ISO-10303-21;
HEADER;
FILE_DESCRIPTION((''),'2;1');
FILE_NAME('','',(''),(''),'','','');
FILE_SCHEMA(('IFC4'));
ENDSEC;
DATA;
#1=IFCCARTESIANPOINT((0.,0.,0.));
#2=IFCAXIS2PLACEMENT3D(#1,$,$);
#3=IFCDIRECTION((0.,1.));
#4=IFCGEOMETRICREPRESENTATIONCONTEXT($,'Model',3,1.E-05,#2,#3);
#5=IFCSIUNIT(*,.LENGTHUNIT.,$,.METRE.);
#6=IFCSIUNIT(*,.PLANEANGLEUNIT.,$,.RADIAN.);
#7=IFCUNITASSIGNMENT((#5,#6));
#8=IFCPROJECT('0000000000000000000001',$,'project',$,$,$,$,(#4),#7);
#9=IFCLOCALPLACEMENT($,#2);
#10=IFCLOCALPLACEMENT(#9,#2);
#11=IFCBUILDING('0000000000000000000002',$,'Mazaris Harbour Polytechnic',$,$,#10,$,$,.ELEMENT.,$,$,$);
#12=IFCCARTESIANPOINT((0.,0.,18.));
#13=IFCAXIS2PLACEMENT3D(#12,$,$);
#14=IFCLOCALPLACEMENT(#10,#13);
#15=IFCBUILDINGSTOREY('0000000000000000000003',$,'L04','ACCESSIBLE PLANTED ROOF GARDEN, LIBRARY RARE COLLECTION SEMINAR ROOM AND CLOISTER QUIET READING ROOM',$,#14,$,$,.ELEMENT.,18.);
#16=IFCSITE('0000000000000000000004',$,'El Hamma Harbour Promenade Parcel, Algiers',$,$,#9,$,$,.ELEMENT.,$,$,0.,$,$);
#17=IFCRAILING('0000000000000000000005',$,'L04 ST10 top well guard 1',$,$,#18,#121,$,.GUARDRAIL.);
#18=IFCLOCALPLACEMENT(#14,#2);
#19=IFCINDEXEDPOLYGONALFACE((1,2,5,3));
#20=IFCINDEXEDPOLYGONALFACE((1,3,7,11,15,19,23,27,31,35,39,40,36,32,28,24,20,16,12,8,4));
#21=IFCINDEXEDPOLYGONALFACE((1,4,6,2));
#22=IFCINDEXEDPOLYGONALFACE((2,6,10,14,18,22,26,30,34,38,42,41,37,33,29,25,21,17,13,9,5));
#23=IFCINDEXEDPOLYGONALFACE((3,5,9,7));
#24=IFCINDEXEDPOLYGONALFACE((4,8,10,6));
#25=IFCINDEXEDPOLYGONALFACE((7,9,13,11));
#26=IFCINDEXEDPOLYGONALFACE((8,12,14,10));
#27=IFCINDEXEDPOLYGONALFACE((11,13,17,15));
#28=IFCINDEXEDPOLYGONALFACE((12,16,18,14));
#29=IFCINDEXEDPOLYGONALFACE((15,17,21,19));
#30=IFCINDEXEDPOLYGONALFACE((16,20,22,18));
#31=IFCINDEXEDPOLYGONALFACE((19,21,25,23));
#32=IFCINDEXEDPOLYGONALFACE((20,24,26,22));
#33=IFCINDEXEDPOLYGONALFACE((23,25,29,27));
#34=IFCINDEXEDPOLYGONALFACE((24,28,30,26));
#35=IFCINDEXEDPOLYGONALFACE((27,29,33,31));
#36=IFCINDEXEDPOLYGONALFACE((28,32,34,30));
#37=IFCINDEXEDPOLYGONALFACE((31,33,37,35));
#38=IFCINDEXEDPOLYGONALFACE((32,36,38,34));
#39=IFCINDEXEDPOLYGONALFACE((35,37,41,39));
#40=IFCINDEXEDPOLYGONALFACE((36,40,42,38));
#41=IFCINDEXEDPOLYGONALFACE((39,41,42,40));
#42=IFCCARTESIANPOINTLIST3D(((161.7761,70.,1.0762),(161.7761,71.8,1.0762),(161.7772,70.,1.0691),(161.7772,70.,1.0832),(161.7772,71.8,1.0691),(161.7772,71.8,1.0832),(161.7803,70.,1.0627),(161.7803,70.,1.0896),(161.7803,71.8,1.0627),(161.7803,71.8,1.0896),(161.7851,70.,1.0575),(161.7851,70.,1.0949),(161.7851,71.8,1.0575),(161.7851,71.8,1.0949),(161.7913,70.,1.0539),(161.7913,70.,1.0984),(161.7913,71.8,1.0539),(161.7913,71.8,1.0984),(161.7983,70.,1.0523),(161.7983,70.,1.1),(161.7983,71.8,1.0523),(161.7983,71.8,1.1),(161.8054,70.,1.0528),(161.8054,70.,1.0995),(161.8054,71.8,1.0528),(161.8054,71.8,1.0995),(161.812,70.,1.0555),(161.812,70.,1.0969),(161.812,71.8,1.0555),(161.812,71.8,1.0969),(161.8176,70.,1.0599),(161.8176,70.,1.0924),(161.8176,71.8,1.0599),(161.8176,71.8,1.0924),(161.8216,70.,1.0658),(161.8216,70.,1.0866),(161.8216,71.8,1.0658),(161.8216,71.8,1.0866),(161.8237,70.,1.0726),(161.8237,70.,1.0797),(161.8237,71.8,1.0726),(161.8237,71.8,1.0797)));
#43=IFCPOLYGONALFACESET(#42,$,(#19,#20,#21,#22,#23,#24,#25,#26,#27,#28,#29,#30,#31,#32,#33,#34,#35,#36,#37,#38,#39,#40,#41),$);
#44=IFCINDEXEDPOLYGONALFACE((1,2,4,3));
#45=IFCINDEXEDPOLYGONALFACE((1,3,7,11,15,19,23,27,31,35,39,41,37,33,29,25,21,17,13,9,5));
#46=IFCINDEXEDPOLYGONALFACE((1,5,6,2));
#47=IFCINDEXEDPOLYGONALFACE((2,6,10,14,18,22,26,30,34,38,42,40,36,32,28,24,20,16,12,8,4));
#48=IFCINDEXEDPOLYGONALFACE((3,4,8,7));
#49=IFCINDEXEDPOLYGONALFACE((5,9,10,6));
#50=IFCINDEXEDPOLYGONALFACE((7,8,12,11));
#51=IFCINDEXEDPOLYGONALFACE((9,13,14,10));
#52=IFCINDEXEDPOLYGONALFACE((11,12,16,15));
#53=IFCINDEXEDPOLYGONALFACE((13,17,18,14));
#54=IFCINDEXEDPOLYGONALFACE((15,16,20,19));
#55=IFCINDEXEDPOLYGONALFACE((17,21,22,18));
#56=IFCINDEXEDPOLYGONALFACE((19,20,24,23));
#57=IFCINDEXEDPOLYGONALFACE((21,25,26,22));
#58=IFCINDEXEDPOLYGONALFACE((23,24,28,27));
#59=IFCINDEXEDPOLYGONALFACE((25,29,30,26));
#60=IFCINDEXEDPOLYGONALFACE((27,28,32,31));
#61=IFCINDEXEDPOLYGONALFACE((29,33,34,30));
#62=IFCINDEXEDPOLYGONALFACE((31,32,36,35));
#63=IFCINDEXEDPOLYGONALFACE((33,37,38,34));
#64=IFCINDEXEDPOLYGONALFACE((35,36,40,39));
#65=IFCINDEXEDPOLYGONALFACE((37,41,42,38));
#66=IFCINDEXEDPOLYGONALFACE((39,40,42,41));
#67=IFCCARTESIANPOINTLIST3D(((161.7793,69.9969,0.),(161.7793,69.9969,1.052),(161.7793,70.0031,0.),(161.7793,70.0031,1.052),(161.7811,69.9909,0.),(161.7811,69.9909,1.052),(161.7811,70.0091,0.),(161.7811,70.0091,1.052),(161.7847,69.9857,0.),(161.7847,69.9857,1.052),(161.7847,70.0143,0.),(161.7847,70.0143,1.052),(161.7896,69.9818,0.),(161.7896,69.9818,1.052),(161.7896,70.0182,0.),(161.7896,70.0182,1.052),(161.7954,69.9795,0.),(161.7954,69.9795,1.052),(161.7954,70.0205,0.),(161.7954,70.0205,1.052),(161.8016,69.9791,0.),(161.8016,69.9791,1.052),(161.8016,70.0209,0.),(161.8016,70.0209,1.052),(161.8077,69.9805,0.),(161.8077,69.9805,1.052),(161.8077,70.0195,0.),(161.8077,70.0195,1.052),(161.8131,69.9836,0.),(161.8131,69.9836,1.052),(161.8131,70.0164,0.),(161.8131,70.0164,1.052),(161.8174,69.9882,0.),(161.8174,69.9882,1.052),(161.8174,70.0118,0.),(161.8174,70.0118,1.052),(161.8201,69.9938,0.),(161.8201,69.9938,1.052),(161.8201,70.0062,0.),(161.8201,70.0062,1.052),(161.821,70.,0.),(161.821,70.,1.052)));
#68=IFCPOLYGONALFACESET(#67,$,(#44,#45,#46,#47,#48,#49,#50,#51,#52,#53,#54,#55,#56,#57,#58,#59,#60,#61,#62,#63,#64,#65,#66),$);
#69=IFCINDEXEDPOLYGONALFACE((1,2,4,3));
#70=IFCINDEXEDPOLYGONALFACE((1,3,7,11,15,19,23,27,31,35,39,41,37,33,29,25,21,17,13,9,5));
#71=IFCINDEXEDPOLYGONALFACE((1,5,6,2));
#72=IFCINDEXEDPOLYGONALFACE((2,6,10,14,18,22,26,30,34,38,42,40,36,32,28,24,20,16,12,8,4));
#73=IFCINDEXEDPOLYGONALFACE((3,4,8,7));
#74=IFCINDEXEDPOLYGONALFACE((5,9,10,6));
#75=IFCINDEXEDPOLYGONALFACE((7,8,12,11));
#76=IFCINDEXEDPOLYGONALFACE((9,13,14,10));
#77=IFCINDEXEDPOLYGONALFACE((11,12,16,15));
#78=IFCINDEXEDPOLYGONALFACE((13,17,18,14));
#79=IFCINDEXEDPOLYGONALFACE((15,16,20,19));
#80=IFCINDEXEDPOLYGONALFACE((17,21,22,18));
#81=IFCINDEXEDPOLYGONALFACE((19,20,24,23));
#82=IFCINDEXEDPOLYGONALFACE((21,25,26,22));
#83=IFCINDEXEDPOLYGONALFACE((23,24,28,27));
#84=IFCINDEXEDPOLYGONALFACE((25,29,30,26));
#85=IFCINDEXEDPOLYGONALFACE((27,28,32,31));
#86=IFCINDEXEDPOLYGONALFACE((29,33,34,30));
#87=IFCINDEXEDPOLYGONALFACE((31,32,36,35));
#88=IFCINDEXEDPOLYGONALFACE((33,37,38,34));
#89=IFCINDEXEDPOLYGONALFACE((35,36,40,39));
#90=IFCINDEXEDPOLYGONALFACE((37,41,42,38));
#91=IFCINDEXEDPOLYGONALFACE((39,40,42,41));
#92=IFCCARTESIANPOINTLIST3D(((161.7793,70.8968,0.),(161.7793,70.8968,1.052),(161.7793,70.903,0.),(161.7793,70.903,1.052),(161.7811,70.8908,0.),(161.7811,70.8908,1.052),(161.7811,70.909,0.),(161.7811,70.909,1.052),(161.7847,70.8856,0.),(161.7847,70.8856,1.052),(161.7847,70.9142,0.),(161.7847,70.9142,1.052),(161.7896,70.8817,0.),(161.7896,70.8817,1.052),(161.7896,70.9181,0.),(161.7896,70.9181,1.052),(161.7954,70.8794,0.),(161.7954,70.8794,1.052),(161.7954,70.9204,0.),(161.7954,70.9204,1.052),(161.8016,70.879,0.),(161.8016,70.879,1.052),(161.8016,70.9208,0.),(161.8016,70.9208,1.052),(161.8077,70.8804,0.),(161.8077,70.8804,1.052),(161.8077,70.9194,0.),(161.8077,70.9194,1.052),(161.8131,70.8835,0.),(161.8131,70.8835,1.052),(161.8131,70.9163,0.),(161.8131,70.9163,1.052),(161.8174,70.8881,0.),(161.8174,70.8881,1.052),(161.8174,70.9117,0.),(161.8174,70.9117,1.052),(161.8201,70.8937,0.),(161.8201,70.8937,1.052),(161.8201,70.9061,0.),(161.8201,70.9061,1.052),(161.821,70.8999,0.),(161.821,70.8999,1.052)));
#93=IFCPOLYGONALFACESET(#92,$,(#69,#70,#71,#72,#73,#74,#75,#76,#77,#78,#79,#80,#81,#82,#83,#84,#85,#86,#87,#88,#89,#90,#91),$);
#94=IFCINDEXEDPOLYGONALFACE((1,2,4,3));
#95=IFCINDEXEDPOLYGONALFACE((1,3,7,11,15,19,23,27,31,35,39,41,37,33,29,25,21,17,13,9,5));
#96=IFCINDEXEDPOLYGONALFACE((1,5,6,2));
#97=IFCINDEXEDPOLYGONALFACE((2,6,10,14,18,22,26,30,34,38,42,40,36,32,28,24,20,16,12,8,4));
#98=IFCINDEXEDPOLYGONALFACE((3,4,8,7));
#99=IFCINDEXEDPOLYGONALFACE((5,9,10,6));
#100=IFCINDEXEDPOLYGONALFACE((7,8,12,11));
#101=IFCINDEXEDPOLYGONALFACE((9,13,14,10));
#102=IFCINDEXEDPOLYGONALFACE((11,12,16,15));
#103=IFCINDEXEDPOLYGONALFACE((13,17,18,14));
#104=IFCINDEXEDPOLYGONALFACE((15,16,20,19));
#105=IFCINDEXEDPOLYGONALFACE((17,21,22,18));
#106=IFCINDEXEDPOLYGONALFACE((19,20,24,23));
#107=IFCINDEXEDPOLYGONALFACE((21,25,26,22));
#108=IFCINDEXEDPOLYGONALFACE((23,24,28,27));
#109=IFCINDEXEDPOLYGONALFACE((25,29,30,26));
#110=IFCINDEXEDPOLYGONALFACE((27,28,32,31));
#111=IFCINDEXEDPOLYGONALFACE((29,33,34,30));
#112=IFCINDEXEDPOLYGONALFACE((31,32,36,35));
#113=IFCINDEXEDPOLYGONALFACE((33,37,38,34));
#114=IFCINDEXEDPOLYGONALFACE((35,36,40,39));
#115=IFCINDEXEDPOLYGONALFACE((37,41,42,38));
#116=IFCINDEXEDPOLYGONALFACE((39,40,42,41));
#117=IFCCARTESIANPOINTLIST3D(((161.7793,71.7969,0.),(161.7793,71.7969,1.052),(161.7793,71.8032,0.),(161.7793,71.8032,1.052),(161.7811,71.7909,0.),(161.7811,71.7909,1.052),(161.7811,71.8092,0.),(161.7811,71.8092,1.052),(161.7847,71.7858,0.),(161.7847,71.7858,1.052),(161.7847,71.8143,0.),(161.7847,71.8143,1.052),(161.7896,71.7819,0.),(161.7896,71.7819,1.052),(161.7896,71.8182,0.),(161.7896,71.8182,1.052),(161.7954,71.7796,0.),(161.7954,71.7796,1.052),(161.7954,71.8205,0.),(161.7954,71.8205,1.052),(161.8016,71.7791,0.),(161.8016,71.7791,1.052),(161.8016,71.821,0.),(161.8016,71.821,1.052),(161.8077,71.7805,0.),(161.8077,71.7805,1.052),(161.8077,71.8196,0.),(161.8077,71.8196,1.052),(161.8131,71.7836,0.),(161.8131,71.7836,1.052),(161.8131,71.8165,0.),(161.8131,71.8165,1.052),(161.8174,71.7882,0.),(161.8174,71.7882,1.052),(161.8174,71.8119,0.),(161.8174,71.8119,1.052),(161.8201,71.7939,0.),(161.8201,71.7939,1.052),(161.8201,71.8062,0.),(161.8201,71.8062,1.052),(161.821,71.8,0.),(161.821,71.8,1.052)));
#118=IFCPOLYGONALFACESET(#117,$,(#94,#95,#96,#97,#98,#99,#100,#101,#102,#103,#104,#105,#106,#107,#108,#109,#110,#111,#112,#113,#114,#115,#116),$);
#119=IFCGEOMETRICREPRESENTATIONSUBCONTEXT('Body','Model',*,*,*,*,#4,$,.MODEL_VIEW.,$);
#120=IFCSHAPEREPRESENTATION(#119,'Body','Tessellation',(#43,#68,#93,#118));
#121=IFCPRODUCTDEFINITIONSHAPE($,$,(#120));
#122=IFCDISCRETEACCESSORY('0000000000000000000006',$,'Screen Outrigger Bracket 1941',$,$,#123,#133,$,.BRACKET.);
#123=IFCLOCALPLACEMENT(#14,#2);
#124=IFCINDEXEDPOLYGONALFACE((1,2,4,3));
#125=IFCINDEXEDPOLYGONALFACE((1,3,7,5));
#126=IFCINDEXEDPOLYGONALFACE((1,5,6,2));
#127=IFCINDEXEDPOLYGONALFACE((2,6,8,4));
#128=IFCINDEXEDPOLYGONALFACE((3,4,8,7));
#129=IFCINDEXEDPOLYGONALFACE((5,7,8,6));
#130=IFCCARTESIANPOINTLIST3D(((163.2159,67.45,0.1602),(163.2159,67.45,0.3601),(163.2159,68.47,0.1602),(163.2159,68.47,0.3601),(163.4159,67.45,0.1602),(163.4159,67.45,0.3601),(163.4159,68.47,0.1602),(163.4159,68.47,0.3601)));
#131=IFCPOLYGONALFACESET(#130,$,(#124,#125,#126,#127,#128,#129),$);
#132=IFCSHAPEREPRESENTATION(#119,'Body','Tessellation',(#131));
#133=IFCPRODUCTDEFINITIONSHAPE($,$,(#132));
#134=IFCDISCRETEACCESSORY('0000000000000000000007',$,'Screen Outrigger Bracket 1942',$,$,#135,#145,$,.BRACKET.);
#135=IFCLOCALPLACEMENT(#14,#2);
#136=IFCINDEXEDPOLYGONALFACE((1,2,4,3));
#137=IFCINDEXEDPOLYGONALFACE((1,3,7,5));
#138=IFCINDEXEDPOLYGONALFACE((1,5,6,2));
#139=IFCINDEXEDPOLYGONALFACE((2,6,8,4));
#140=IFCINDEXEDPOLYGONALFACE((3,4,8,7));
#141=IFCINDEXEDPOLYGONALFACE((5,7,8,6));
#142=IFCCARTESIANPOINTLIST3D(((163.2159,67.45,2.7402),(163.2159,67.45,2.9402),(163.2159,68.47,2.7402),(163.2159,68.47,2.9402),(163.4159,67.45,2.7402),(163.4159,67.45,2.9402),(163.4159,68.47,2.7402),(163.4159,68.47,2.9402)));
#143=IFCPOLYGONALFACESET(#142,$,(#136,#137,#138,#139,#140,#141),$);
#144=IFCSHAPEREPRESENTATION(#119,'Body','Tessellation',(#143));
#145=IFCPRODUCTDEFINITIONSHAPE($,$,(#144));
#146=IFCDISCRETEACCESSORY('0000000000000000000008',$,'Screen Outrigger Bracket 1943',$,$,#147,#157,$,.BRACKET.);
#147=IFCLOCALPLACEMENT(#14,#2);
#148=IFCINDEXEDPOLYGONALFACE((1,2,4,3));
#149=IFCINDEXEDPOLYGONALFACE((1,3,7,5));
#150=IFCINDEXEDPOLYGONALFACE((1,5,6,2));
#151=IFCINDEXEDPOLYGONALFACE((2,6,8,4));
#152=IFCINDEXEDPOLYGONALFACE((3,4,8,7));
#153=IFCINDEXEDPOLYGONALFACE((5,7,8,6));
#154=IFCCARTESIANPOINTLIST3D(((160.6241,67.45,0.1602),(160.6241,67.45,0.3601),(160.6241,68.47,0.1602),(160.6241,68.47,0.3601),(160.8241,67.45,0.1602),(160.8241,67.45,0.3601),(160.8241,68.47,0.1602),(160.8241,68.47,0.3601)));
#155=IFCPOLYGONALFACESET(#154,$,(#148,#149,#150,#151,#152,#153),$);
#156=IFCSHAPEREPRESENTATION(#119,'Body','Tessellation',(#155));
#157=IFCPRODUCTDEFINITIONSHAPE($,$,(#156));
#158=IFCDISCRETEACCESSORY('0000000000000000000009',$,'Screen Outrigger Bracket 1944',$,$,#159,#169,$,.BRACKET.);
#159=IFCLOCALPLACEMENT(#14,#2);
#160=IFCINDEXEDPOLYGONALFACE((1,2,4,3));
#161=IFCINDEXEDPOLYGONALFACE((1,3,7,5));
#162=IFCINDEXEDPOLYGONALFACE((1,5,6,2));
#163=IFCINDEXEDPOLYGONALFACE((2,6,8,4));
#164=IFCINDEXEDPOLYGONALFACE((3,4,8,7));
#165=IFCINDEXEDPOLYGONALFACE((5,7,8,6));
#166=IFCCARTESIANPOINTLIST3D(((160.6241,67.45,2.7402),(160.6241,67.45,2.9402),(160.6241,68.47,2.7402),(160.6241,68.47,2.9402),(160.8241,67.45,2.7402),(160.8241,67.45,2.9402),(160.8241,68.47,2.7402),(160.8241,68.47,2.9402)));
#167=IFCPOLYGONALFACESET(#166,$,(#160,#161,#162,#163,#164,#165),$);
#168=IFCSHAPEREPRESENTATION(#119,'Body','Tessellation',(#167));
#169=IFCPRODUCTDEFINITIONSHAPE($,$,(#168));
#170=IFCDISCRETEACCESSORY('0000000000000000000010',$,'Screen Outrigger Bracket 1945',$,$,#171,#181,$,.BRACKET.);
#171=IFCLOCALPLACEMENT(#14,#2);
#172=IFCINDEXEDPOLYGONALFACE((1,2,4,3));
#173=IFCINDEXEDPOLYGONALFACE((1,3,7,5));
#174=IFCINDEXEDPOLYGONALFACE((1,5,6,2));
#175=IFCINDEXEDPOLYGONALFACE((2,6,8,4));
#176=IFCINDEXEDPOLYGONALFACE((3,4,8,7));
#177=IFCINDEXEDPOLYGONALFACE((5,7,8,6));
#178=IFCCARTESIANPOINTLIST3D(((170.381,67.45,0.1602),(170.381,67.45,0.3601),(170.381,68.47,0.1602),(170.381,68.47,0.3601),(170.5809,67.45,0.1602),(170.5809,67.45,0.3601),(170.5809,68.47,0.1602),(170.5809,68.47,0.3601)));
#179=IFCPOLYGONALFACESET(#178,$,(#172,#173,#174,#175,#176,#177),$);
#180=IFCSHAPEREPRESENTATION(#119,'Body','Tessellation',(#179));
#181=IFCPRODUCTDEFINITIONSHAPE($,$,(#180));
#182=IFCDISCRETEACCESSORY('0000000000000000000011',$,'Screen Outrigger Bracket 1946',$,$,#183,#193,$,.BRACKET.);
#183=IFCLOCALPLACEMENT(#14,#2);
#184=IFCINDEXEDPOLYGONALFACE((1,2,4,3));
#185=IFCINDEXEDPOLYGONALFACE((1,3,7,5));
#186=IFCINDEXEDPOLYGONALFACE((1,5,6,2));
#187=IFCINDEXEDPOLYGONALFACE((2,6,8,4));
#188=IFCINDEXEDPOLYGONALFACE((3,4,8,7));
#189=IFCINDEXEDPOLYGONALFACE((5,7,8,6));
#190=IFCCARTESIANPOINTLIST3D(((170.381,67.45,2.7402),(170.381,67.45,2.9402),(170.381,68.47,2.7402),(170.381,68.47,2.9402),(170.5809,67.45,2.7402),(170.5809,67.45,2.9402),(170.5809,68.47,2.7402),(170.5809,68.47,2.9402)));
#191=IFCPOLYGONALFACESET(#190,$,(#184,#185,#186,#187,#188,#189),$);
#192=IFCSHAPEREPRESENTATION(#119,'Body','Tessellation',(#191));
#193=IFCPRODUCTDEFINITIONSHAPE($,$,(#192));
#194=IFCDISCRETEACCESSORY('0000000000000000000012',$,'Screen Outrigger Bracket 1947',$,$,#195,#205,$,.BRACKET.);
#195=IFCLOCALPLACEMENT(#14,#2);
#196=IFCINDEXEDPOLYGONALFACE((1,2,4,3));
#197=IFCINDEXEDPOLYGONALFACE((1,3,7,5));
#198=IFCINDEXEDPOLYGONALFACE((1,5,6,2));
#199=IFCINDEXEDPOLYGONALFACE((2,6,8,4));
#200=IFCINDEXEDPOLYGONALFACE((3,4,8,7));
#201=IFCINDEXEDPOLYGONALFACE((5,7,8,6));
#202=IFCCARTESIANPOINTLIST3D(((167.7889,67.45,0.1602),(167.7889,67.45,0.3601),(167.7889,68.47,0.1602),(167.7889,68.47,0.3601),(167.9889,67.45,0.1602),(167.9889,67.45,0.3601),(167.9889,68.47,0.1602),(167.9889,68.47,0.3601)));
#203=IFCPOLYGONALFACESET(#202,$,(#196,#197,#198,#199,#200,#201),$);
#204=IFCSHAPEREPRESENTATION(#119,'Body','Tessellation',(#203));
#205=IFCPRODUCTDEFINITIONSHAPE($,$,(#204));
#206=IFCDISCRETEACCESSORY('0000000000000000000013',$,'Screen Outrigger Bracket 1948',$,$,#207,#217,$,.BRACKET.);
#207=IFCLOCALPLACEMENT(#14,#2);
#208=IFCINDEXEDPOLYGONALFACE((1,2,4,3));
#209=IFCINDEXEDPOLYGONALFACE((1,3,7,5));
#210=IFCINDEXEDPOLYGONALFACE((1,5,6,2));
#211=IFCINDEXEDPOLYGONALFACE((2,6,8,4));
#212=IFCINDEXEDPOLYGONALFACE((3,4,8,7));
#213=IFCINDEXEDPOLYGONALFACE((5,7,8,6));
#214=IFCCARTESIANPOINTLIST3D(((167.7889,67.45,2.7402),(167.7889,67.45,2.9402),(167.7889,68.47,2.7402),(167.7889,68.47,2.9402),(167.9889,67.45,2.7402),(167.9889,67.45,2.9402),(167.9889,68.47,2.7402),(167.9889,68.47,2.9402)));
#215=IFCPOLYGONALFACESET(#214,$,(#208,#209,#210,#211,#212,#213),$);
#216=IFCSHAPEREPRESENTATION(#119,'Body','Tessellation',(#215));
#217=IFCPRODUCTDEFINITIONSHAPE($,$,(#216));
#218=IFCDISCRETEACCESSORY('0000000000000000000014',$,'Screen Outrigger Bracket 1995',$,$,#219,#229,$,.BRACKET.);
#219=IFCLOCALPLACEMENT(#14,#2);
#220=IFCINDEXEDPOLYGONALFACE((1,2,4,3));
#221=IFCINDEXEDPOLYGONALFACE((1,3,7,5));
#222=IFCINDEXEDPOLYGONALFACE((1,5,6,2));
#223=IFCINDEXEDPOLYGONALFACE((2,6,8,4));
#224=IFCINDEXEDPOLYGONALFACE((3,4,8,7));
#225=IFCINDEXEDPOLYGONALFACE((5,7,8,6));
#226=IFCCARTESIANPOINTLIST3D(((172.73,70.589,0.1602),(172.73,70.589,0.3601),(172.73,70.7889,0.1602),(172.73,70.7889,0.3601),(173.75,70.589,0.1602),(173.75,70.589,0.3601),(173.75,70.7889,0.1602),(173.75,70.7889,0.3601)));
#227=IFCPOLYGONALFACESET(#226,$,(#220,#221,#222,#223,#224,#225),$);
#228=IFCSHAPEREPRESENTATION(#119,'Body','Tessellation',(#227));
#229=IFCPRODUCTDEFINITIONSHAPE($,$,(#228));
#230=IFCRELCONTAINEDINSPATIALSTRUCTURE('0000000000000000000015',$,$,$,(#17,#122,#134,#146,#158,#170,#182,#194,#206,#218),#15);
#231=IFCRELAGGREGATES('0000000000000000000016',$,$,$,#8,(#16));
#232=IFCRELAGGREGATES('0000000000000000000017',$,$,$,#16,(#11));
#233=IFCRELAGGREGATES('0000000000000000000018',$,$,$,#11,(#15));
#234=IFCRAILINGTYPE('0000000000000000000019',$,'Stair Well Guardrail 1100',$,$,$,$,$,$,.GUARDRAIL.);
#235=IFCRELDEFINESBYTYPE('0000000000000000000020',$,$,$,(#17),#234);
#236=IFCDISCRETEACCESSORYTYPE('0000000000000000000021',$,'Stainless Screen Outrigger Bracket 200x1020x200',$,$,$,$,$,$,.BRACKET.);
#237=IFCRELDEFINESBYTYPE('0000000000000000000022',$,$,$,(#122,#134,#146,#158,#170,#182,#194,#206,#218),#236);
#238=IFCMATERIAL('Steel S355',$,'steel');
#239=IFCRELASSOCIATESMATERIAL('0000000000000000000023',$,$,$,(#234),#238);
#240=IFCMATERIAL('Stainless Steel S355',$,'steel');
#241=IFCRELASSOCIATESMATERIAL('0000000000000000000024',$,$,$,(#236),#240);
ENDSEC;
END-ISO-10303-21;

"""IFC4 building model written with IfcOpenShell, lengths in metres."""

from ifc_helpers import new_model, si_unit, direction, frame, origin, origin_2d, place, context, subcontext, project, spatial, rectangle, circle, extrude, material, type_object, element, save


model = new_model("IFC4")

# Units and contexts
model_context = context("Model", 3, precision=1e-05, world=origin(), true_north=direction((0.0, 1.0)))
body_context = subcontext(model_context, "Body", "Model", "MODEL_VIEW")
ifc_project = project(units=[si_unit("LENGTHUNIT", "METRE"), si_unit("PLANEANGLEUNIT", "RADIAN")], contexts=[model_context])

# Site, building, storey
site_placement = place(None, origin())
site = spatial("IfcSite", under=ifc_project, at=site_placement, Name="El Hamma Harbour Promenade Parcel, Algiers", CompositionType="ELEMENT", RefElevation=0.0)
building_placement = place(site_placement, origin())
building = spatial("IfcBuilding", under=site, at=building_placement, Name="Mazaris Harbour Polytechnic", CompositionType="ELEMENT")
storey_placement = place(building_placement, frame((0.0, 0.0, 18.0)))
storey = spatial("IfcBuildingStorey", under=building, at=storey_placement, Name="L04", Description="ACCESSIBLE PLANTED ROOF GARDEN, LIBRARY RARE COLLECTION SEMINAR ROOM AND CLOISTER QUIET READING ROOM", CompositionType="ELEMENT", Elevation=18.0)

# Railing
ifc_material_1 = material(Name="Steel S355", Category="steel")
railing_type_1 = type_object("IfcRailingType", Name="Stair Well Guardrail 1100", PredefinedType="GUARDRAIL", material=ifc_material_1)
railing_1_placement = place(storey_placement, frame((161.8, 70.0, 0.0)))
element("IfcRailing", 1, at=railing_1_placement, inside=storey, type_object=railing_type_1, Name="L04 ST10 top well guard 1", PredefinedType="GUARDRAIL", context=body_context, shape_type="SweptSolid", body=[
    extrude(circle(Radius=0.0239, at=origin_2d()), frame((0.0, 0.0, 1.0762), z_axis=(0.0, 1.0, 0.0), x_axis=(-1.0, 0.0, 0.0)), (0.0, 0.0, 1.0), 1.8),
    extrude(circle(Radius=0.021, at=origin_2d()), origin(), (0.0, 0.0, 1.0), 1.052),
    extrude(circle(Radius=0.021, at=origin_2d()), frame((0.0, 0.8999, 0.0)), (0.0, 0.0, 1.0), 1.052),
    extrude(circle(Radius=0.021, at=origin_2d()), frame((0.0, 1.8, 0.0)), (0.0, 0.0, 1.0), 1.052),
])

# Discrete accessories
ifc_material_2 = material(Name="Stainless Steel S355", Category="steel")
discrete_accessory_type = type_object("IfcDiscreteAccessoryType", Name="Stainless Screen Outrigger Bracket 200x1020x200", PredefinedType="BRACKET", material=ifc_material_2)
for number, where, z_axis, x_axis, name in (
    (2, (163.3159, 67.96, 0.1602), (0.0, 0.0, 1.0), (-1.0, 0.0, 0.0), "Screen Outrigger Bracket 1941"),
    (3, (163.3159, 67.96, 2.7402), (0.0, 0.0, 1.0), (-1.0, 0.0, 0.0), "Screen Outrigger Bracket 1942"),
    (4, (160.7241, 67.96, 0.1602), (0.0, 0.0, 1.0), (-1.0, 0.0, 0.0), "Screen Outrigger Bracket 1943"),
    (5, (160.7241, 67.96, 2.7402), (0.0, 0.0, 1.0), (-1.0, 0.0, 0.0), "Screen Outrigger Bracket 1944"),
    (6, (170.481, 67.96, 0.1602), (0.0, 0.0, 1.0), (-1.0, 0.0, 0.0), "Screen Outrigger Bracket 1945"),
    (7, (170.481, 67.96, 2.7402), (0.0, 0.0, 1.0), (-1.0, 0.0, 0.0), "Screen Outrigger Bracket 1946"),
    (8, (167.8889, 67.96, 0.1602), (0.0, 0.0, 1.0), (-1.0, 0.0, 0.0), "Screen Outrigger Bracket 1947"),
    (9, (167.8889, 67.96, 2.7402), (0.0, 0.0, 1.0), (-1.0, 0.0, 0.0), "Screen Outrigger Bracket 1948"),
    (10, (173.24, 70.689, 0.1602), (0.0, 0.0, 1.0), (0.0, -1.0, 0.0), "Screen Outrigger Bracket 1995"),
):
    element("IfcDiscreteAccessory", number, at=place(storey_placement, frame(where, z_axis=z_axis, x_axis=x_axis)), inside=storey, type_object=discrete_accessory_type, Name=name, PredefinedType="BRACKET", context=body_context, shape_type="SweptSolid", body=[
        extrude(rectangle(XDim=0.2, YDim=1.02, at=origin_2d()), origin(), (0.0, 0.0, 1.0), 0.2),
    ])

save(model, "model.ifc")
